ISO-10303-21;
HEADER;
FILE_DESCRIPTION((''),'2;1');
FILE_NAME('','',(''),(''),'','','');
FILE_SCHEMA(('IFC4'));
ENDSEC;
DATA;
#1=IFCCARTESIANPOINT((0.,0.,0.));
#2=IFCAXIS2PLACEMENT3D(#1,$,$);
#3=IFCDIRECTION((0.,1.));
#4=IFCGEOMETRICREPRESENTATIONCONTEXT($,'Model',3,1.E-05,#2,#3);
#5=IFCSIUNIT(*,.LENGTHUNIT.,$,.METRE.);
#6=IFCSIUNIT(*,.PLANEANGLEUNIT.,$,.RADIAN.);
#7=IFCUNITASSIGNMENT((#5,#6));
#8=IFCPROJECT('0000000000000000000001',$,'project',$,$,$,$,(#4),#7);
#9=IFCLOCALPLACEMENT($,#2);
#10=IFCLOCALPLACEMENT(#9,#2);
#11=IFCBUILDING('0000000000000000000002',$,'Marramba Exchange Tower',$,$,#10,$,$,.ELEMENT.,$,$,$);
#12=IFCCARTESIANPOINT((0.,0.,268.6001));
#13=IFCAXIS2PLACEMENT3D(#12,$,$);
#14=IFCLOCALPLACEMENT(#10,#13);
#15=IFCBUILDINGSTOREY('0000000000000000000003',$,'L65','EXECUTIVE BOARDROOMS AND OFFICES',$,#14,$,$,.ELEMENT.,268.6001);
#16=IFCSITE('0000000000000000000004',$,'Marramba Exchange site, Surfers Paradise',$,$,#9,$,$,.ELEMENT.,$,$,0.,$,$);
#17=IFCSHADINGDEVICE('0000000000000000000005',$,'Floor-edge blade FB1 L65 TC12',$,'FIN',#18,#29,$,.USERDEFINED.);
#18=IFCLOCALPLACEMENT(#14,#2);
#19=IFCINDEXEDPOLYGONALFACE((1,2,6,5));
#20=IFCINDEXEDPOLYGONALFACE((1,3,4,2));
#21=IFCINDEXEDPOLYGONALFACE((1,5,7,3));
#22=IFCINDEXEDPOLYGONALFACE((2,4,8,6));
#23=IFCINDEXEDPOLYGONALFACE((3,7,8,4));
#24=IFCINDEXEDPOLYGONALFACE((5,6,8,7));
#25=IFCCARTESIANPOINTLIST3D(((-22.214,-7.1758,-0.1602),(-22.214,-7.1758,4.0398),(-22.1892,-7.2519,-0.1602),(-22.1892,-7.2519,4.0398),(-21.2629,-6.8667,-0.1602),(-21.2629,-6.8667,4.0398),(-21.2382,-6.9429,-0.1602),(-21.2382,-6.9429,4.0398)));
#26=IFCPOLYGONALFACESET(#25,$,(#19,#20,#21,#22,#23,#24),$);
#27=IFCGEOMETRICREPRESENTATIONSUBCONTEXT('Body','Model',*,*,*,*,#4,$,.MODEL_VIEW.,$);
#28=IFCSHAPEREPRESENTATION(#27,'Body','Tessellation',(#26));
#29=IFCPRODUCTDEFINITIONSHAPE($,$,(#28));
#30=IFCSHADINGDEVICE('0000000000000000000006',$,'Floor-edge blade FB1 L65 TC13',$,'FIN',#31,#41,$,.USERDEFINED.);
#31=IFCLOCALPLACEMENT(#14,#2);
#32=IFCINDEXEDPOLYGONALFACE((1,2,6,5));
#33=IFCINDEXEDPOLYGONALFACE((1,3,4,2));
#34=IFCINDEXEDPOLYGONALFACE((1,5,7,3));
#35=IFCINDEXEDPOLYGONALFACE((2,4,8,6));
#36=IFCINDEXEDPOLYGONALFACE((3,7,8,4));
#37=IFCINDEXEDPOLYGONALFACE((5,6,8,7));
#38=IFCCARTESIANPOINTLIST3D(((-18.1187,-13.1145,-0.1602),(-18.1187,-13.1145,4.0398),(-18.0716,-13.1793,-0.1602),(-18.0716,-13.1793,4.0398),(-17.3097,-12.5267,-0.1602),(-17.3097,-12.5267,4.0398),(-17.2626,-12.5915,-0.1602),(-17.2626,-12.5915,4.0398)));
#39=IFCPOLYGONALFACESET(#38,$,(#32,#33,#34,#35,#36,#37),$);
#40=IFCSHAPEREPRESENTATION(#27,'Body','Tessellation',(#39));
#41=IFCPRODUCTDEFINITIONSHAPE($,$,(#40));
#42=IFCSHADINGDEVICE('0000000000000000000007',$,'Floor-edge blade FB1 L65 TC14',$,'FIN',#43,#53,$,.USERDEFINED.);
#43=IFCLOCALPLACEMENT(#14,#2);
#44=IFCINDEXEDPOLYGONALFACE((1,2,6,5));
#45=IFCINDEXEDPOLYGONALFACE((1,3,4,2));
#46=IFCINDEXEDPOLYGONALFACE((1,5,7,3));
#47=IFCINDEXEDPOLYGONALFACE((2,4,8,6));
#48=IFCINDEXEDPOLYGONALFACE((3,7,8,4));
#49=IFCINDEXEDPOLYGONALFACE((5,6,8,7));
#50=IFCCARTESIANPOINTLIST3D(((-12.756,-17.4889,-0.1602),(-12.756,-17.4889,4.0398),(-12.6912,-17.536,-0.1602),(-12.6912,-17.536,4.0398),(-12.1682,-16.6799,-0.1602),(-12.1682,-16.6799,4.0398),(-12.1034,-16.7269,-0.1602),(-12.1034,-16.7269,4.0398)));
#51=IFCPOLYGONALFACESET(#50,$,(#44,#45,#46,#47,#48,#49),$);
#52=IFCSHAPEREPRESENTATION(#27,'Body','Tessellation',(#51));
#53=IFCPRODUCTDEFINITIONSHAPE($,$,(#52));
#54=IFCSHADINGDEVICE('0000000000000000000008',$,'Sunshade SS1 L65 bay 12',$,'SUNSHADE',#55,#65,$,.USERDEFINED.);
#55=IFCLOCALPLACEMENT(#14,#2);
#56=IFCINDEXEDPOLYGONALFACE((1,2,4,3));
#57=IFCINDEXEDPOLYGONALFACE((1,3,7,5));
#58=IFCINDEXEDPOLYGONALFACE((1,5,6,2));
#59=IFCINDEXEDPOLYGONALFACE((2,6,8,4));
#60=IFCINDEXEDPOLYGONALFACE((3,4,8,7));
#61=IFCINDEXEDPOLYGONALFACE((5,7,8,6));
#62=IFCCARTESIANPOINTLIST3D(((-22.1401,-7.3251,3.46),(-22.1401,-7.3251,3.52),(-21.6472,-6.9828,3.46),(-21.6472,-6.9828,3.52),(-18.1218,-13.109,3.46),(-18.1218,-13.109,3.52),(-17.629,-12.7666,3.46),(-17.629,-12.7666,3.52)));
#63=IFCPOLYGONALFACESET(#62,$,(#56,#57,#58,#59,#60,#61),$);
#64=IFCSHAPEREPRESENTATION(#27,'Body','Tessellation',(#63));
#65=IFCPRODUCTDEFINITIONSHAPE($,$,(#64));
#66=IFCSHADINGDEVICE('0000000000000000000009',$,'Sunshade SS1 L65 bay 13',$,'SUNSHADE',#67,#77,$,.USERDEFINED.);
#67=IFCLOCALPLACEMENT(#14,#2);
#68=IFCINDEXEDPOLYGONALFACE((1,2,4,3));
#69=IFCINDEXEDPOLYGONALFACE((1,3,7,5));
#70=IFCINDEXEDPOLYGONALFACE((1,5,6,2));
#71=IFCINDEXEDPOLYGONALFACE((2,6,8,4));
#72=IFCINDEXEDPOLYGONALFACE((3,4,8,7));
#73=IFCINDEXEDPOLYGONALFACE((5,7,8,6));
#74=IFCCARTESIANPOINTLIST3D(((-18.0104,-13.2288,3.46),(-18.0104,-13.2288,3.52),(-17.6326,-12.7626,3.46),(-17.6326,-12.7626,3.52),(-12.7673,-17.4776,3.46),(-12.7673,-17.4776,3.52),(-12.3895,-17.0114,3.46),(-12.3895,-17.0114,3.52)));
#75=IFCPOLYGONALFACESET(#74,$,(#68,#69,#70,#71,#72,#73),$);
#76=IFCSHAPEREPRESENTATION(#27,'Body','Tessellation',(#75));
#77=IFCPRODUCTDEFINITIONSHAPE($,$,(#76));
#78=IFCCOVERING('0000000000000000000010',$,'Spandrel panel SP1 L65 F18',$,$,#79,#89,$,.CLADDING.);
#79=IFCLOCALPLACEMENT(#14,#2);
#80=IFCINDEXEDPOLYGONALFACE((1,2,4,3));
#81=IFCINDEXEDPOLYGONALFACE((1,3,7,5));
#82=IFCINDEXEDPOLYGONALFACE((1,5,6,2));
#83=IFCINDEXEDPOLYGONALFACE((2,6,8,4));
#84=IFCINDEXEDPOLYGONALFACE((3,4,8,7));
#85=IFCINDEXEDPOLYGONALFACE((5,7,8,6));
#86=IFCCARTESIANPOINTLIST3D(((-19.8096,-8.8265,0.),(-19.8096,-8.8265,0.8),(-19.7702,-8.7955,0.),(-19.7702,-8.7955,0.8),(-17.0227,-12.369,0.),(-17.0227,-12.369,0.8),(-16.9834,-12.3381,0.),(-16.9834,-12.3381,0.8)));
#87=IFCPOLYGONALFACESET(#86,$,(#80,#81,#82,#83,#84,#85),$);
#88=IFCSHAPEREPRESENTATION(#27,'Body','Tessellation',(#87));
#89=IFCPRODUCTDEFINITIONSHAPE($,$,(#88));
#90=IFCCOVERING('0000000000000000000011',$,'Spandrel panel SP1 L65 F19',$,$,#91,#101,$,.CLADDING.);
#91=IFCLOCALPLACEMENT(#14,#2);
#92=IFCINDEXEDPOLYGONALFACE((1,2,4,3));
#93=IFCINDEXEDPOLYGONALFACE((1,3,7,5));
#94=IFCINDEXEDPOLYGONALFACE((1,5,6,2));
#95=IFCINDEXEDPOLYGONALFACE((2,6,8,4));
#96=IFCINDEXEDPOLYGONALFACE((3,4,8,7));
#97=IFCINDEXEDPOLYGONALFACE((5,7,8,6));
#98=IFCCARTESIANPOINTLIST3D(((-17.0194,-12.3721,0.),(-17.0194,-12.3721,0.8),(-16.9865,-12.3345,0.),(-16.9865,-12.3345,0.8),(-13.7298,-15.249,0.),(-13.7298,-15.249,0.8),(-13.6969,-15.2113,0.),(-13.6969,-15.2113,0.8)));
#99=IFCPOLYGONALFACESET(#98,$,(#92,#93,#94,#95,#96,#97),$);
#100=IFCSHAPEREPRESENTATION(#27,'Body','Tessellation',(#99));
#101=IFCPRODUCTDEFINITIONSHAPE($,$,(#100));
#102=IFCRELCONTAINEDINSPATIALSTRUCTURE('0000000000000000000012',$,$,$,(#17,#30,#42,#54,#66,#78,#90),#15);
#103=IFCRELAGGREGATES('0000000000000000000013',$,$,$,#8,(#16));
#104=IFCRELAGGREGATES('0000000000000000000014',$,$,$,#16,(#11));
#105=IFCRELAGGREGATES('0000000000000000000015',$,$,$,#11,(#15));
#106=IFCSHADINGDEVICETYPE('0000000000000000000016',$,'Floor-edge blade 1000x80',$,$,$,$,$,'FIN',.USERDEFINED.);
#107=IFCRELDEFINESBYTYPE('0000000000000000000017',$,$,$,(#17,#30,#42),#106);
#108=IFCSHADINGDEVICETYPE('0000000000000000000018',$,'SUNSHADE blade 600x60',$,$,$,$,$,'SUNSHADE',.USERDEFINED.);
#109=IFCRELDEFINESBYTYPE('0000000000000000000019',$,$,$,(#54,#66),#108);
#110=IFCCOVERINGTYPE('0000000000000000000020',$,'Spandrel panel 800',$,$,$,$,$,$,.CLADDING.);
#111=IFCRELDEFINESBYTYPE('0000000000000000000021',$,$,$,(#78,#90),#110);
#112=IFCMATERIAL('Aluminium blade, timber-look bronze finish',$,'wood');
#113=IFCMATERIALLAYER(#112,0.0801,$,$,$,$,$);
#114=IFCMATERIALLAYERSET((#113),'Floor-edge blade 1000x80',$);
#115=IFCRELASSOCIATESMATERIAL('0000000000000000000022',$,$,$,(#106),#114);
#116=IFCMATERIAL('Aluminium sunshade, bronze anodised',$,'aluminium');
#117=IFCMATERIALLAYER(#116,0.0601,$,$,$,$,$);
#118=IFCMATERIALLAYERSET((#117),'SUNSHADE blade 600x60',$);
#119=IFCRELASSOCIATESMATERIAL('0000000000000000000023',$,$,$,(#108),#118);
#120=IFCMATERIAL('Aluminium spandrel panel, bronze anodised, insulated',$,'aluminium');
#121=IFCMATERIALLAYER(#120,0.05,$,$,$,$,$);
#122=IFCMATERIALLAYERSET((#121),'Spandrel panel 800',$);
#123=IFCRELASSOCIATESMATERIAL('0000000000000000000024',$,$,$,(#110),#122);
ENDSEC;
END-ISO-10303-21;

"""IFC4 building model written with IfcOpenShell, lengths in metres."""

from ifc_helpers import new_model, si_unit, direction, frame, origin, origin_2d, place, context, subcontext, project, spatial, rectangle, extrude, material, layer, layer_set, type_object, element, save


model = new_model("IFC4")

# Units and contexts
model_context = context("Model", 3, precision=1e-05, world=origin(), true_north=direction((0.0, 1.0)))
body_context = subcontext(model_context, "Body", "Model", "MODEL_VIEW")
ifc_project = project(units=[si_unit("LENGTHUNIT", "METRE"), si_unit("PLANEANGLEUNIT", "RADIAN")], contexts=[model_context])

# Site, building, storey
site_placement = place(None, origin())
site = spatial("IfcSite", under=ifc_project, at=site_placement, Name="Marramba Exchange site, Surfers Paradise", CompositionType="ELEMENT", RefElevation=0.0)
building_placement = place(site_placement, origin())
building = spatial("IfcBuilding", under=site, at=building_placement, Name="Marramba Exchange Tower", CompositionType="ELEMENT")
storey_placement = place(building_placement, frame((0.0, 0.0, 268.6001)))
storey = spatial("IfcBuildingStorey", under=building, at=storey_placement, Name="L65", Description="EXECUTIVE BOARDROOMS AND OFFICES", CompositionType="ELEMENT", Elevation=268.6001)

# Shading devices
ifc_material_1 = material(Name="Aluminium blade, timber-look bronze finish", Category="wood")
ifc_layer_1 = layer(ifc_material_1, 0.0801)
ifc_layer_set_1 = layer_set([ifc_layer_1], Name="Floor-edge blade 1000x80")
shading_device_type_1 = type_object("IfcShadingDeviceType", Name="Floor-edge blade 1000x80", ElementType="FIN", PredefinedType="USERDEFINED", material=ifc_layer_set_1)
for number, where, z_axis, x_axis, name in (
    (1, (-21.7261, -7.0593, -0.1602), (0.0, 0.0, 1.0), (-0.951057, -0.309017, 0.0), "Floor-edge blade FB1 L65 TC12"),
    (2, (-17.6907, -12.853, -0.1602), (0.0, 0.0, 1.0), (-0.809017, -0.587785, 0.0), "Floor-edge blade FB1 L65 TC13"),
    (3, (-12.4297, -17.1079, -0.1602), (0.0, 0.0, 1.0), (-0.587785, -0.809017, 0.0), "Floor-edge blade FB1 L65 TC14"),
):
    element("IfcShadingDevice", number, at=place(storey_placement, frame(where, z_axis=z_axis, x_axis=x_axis)), inside=storey, type_object=shading_device_type_1, Name=name, ObjectType="FIN", PredefinedType="USERDEFINED", context=body_context, shape_type="SweptSolid", body=[
        extrude(rectangle(XDim=1.0, YDim=0.0801, at=origin_2d()), origin(), (0.0, 0.0, 1.0), 4.2),
    ])
ifc_material_2 = material(Name="Aluminium sunshade, bronze anodised", Category="aluminium")
ifc_layer_2 = layer(ifc_material_2, 0.0601)
ifc_layer_set_2 = layer_set([ifc_layer_2], Name="SUNSHADE blade 600x60")
shading_device_type_2 = type_object("IfcShadingDeviceType", Name="SUNSHADE blade 600x60", ElementType="SUNSHADE", PredefinedType="USERDEFINED", material=ifc_layer_set_2)
shading_device_1_placement = place(storey_placement, frame((-19.8845, -10.0459, 3.46), z_axis=(0.0, 0.0, 1.0), x_axis=(0.570558, -0.821257, 0.0)))
element("IfcShadingDevice", 4, at=shading_device_1_placement, inside=storey, type_object=shading_device_type_2, Name="Sunshade SS1 L65 bay 12", ObjectType="SUNSHADE", PredefinedType="USERDEFINED", context=body_context, shape_type="SweptSolid", body=[
    extrude(rectangle(XDim=7.0427, YDim=0.6001, at=origin_2d()), origin(), (0.0, 0.0, 1.0), 0.0601),
])
shading_device_2_placement = place(storey_placement, frame((-15.2, -15.1201, 3.46), z_axis=(0.0, 0.0, 1.0), x_axis=(0.776928, -0.62959, 0.0)))
element("IfcShadingDevice", 5, at=shading_device_2_placement, inside=storey, type_object=shading_device_type_2, Name="Sunshade SS1 L65 bay 13", ObjectType="SUNSHADE", PredefinedType="USERDEFINED", context=body_context, shape_type="SweptSolid", body=[
    extrude(rectangle(XDim=6.7485, YDim=0.6001, at=origin_2d()), origin(), (0.0, 0.0, 1.0), 0.0601),
])

# Coverings
ifc_material_3 = material(Name="Aluminium spandrel panel, bronze anodised, insulated", Category="aluminium")
ifc_layer_3 = layer(ifc_material_3, 0.05)
ifc_layer_set_3 = layer_set([ifc_layer_3], Name="Spandrel panel 800")
covering_type = type_object("IfcCoveringType", Name="Spandrel panel 800", PredefinedType="CLADDING", material=ifc_layer_set_3)
covering_1_placement = place(storey_placement, frame((-18.3965, -10.5823, 0.0), z_axis=(0.0, 0.0, 1.0), x_axis=(0.618291, -0.78595, 0.0)))
element("IfcCovering", 6, at=covering_1_placement, inside=storey, type_object=covering_type, Name="Spandrel panel SP1 L65 F18", PredefinedType="CLADDING", context=body_context, shape_type="SweptSolid", body=[
    extrude(rectangle(XDim=4.5073, YDim=0.05, at=origin_2d()), origin(), (0.0, 0.0, 1.0), 0.8),
])
covering_2_placement = place(storey_placement, frame((-15.3582, -13.7917, 0.0), z_axis=(0.0, 0.0, 1.0), x_axis=(0.752751, -0.658305, 0.0)))
element("IfcCovering", 7, at=covering_2_placement, inside=storey, type_object=covering_type, Name="Spandrel panel SP1 L65 F19", PredefinedType="CLADDING", context=body_context, shape_type="SweptSolid", body=[
    extrude(rectangle(XDim=4.3701, YDim=0.05, at=origin_2d()), origin(), (0.0, 0.0, 1.0), 0.8),
])

save(model, "model.ifc")
